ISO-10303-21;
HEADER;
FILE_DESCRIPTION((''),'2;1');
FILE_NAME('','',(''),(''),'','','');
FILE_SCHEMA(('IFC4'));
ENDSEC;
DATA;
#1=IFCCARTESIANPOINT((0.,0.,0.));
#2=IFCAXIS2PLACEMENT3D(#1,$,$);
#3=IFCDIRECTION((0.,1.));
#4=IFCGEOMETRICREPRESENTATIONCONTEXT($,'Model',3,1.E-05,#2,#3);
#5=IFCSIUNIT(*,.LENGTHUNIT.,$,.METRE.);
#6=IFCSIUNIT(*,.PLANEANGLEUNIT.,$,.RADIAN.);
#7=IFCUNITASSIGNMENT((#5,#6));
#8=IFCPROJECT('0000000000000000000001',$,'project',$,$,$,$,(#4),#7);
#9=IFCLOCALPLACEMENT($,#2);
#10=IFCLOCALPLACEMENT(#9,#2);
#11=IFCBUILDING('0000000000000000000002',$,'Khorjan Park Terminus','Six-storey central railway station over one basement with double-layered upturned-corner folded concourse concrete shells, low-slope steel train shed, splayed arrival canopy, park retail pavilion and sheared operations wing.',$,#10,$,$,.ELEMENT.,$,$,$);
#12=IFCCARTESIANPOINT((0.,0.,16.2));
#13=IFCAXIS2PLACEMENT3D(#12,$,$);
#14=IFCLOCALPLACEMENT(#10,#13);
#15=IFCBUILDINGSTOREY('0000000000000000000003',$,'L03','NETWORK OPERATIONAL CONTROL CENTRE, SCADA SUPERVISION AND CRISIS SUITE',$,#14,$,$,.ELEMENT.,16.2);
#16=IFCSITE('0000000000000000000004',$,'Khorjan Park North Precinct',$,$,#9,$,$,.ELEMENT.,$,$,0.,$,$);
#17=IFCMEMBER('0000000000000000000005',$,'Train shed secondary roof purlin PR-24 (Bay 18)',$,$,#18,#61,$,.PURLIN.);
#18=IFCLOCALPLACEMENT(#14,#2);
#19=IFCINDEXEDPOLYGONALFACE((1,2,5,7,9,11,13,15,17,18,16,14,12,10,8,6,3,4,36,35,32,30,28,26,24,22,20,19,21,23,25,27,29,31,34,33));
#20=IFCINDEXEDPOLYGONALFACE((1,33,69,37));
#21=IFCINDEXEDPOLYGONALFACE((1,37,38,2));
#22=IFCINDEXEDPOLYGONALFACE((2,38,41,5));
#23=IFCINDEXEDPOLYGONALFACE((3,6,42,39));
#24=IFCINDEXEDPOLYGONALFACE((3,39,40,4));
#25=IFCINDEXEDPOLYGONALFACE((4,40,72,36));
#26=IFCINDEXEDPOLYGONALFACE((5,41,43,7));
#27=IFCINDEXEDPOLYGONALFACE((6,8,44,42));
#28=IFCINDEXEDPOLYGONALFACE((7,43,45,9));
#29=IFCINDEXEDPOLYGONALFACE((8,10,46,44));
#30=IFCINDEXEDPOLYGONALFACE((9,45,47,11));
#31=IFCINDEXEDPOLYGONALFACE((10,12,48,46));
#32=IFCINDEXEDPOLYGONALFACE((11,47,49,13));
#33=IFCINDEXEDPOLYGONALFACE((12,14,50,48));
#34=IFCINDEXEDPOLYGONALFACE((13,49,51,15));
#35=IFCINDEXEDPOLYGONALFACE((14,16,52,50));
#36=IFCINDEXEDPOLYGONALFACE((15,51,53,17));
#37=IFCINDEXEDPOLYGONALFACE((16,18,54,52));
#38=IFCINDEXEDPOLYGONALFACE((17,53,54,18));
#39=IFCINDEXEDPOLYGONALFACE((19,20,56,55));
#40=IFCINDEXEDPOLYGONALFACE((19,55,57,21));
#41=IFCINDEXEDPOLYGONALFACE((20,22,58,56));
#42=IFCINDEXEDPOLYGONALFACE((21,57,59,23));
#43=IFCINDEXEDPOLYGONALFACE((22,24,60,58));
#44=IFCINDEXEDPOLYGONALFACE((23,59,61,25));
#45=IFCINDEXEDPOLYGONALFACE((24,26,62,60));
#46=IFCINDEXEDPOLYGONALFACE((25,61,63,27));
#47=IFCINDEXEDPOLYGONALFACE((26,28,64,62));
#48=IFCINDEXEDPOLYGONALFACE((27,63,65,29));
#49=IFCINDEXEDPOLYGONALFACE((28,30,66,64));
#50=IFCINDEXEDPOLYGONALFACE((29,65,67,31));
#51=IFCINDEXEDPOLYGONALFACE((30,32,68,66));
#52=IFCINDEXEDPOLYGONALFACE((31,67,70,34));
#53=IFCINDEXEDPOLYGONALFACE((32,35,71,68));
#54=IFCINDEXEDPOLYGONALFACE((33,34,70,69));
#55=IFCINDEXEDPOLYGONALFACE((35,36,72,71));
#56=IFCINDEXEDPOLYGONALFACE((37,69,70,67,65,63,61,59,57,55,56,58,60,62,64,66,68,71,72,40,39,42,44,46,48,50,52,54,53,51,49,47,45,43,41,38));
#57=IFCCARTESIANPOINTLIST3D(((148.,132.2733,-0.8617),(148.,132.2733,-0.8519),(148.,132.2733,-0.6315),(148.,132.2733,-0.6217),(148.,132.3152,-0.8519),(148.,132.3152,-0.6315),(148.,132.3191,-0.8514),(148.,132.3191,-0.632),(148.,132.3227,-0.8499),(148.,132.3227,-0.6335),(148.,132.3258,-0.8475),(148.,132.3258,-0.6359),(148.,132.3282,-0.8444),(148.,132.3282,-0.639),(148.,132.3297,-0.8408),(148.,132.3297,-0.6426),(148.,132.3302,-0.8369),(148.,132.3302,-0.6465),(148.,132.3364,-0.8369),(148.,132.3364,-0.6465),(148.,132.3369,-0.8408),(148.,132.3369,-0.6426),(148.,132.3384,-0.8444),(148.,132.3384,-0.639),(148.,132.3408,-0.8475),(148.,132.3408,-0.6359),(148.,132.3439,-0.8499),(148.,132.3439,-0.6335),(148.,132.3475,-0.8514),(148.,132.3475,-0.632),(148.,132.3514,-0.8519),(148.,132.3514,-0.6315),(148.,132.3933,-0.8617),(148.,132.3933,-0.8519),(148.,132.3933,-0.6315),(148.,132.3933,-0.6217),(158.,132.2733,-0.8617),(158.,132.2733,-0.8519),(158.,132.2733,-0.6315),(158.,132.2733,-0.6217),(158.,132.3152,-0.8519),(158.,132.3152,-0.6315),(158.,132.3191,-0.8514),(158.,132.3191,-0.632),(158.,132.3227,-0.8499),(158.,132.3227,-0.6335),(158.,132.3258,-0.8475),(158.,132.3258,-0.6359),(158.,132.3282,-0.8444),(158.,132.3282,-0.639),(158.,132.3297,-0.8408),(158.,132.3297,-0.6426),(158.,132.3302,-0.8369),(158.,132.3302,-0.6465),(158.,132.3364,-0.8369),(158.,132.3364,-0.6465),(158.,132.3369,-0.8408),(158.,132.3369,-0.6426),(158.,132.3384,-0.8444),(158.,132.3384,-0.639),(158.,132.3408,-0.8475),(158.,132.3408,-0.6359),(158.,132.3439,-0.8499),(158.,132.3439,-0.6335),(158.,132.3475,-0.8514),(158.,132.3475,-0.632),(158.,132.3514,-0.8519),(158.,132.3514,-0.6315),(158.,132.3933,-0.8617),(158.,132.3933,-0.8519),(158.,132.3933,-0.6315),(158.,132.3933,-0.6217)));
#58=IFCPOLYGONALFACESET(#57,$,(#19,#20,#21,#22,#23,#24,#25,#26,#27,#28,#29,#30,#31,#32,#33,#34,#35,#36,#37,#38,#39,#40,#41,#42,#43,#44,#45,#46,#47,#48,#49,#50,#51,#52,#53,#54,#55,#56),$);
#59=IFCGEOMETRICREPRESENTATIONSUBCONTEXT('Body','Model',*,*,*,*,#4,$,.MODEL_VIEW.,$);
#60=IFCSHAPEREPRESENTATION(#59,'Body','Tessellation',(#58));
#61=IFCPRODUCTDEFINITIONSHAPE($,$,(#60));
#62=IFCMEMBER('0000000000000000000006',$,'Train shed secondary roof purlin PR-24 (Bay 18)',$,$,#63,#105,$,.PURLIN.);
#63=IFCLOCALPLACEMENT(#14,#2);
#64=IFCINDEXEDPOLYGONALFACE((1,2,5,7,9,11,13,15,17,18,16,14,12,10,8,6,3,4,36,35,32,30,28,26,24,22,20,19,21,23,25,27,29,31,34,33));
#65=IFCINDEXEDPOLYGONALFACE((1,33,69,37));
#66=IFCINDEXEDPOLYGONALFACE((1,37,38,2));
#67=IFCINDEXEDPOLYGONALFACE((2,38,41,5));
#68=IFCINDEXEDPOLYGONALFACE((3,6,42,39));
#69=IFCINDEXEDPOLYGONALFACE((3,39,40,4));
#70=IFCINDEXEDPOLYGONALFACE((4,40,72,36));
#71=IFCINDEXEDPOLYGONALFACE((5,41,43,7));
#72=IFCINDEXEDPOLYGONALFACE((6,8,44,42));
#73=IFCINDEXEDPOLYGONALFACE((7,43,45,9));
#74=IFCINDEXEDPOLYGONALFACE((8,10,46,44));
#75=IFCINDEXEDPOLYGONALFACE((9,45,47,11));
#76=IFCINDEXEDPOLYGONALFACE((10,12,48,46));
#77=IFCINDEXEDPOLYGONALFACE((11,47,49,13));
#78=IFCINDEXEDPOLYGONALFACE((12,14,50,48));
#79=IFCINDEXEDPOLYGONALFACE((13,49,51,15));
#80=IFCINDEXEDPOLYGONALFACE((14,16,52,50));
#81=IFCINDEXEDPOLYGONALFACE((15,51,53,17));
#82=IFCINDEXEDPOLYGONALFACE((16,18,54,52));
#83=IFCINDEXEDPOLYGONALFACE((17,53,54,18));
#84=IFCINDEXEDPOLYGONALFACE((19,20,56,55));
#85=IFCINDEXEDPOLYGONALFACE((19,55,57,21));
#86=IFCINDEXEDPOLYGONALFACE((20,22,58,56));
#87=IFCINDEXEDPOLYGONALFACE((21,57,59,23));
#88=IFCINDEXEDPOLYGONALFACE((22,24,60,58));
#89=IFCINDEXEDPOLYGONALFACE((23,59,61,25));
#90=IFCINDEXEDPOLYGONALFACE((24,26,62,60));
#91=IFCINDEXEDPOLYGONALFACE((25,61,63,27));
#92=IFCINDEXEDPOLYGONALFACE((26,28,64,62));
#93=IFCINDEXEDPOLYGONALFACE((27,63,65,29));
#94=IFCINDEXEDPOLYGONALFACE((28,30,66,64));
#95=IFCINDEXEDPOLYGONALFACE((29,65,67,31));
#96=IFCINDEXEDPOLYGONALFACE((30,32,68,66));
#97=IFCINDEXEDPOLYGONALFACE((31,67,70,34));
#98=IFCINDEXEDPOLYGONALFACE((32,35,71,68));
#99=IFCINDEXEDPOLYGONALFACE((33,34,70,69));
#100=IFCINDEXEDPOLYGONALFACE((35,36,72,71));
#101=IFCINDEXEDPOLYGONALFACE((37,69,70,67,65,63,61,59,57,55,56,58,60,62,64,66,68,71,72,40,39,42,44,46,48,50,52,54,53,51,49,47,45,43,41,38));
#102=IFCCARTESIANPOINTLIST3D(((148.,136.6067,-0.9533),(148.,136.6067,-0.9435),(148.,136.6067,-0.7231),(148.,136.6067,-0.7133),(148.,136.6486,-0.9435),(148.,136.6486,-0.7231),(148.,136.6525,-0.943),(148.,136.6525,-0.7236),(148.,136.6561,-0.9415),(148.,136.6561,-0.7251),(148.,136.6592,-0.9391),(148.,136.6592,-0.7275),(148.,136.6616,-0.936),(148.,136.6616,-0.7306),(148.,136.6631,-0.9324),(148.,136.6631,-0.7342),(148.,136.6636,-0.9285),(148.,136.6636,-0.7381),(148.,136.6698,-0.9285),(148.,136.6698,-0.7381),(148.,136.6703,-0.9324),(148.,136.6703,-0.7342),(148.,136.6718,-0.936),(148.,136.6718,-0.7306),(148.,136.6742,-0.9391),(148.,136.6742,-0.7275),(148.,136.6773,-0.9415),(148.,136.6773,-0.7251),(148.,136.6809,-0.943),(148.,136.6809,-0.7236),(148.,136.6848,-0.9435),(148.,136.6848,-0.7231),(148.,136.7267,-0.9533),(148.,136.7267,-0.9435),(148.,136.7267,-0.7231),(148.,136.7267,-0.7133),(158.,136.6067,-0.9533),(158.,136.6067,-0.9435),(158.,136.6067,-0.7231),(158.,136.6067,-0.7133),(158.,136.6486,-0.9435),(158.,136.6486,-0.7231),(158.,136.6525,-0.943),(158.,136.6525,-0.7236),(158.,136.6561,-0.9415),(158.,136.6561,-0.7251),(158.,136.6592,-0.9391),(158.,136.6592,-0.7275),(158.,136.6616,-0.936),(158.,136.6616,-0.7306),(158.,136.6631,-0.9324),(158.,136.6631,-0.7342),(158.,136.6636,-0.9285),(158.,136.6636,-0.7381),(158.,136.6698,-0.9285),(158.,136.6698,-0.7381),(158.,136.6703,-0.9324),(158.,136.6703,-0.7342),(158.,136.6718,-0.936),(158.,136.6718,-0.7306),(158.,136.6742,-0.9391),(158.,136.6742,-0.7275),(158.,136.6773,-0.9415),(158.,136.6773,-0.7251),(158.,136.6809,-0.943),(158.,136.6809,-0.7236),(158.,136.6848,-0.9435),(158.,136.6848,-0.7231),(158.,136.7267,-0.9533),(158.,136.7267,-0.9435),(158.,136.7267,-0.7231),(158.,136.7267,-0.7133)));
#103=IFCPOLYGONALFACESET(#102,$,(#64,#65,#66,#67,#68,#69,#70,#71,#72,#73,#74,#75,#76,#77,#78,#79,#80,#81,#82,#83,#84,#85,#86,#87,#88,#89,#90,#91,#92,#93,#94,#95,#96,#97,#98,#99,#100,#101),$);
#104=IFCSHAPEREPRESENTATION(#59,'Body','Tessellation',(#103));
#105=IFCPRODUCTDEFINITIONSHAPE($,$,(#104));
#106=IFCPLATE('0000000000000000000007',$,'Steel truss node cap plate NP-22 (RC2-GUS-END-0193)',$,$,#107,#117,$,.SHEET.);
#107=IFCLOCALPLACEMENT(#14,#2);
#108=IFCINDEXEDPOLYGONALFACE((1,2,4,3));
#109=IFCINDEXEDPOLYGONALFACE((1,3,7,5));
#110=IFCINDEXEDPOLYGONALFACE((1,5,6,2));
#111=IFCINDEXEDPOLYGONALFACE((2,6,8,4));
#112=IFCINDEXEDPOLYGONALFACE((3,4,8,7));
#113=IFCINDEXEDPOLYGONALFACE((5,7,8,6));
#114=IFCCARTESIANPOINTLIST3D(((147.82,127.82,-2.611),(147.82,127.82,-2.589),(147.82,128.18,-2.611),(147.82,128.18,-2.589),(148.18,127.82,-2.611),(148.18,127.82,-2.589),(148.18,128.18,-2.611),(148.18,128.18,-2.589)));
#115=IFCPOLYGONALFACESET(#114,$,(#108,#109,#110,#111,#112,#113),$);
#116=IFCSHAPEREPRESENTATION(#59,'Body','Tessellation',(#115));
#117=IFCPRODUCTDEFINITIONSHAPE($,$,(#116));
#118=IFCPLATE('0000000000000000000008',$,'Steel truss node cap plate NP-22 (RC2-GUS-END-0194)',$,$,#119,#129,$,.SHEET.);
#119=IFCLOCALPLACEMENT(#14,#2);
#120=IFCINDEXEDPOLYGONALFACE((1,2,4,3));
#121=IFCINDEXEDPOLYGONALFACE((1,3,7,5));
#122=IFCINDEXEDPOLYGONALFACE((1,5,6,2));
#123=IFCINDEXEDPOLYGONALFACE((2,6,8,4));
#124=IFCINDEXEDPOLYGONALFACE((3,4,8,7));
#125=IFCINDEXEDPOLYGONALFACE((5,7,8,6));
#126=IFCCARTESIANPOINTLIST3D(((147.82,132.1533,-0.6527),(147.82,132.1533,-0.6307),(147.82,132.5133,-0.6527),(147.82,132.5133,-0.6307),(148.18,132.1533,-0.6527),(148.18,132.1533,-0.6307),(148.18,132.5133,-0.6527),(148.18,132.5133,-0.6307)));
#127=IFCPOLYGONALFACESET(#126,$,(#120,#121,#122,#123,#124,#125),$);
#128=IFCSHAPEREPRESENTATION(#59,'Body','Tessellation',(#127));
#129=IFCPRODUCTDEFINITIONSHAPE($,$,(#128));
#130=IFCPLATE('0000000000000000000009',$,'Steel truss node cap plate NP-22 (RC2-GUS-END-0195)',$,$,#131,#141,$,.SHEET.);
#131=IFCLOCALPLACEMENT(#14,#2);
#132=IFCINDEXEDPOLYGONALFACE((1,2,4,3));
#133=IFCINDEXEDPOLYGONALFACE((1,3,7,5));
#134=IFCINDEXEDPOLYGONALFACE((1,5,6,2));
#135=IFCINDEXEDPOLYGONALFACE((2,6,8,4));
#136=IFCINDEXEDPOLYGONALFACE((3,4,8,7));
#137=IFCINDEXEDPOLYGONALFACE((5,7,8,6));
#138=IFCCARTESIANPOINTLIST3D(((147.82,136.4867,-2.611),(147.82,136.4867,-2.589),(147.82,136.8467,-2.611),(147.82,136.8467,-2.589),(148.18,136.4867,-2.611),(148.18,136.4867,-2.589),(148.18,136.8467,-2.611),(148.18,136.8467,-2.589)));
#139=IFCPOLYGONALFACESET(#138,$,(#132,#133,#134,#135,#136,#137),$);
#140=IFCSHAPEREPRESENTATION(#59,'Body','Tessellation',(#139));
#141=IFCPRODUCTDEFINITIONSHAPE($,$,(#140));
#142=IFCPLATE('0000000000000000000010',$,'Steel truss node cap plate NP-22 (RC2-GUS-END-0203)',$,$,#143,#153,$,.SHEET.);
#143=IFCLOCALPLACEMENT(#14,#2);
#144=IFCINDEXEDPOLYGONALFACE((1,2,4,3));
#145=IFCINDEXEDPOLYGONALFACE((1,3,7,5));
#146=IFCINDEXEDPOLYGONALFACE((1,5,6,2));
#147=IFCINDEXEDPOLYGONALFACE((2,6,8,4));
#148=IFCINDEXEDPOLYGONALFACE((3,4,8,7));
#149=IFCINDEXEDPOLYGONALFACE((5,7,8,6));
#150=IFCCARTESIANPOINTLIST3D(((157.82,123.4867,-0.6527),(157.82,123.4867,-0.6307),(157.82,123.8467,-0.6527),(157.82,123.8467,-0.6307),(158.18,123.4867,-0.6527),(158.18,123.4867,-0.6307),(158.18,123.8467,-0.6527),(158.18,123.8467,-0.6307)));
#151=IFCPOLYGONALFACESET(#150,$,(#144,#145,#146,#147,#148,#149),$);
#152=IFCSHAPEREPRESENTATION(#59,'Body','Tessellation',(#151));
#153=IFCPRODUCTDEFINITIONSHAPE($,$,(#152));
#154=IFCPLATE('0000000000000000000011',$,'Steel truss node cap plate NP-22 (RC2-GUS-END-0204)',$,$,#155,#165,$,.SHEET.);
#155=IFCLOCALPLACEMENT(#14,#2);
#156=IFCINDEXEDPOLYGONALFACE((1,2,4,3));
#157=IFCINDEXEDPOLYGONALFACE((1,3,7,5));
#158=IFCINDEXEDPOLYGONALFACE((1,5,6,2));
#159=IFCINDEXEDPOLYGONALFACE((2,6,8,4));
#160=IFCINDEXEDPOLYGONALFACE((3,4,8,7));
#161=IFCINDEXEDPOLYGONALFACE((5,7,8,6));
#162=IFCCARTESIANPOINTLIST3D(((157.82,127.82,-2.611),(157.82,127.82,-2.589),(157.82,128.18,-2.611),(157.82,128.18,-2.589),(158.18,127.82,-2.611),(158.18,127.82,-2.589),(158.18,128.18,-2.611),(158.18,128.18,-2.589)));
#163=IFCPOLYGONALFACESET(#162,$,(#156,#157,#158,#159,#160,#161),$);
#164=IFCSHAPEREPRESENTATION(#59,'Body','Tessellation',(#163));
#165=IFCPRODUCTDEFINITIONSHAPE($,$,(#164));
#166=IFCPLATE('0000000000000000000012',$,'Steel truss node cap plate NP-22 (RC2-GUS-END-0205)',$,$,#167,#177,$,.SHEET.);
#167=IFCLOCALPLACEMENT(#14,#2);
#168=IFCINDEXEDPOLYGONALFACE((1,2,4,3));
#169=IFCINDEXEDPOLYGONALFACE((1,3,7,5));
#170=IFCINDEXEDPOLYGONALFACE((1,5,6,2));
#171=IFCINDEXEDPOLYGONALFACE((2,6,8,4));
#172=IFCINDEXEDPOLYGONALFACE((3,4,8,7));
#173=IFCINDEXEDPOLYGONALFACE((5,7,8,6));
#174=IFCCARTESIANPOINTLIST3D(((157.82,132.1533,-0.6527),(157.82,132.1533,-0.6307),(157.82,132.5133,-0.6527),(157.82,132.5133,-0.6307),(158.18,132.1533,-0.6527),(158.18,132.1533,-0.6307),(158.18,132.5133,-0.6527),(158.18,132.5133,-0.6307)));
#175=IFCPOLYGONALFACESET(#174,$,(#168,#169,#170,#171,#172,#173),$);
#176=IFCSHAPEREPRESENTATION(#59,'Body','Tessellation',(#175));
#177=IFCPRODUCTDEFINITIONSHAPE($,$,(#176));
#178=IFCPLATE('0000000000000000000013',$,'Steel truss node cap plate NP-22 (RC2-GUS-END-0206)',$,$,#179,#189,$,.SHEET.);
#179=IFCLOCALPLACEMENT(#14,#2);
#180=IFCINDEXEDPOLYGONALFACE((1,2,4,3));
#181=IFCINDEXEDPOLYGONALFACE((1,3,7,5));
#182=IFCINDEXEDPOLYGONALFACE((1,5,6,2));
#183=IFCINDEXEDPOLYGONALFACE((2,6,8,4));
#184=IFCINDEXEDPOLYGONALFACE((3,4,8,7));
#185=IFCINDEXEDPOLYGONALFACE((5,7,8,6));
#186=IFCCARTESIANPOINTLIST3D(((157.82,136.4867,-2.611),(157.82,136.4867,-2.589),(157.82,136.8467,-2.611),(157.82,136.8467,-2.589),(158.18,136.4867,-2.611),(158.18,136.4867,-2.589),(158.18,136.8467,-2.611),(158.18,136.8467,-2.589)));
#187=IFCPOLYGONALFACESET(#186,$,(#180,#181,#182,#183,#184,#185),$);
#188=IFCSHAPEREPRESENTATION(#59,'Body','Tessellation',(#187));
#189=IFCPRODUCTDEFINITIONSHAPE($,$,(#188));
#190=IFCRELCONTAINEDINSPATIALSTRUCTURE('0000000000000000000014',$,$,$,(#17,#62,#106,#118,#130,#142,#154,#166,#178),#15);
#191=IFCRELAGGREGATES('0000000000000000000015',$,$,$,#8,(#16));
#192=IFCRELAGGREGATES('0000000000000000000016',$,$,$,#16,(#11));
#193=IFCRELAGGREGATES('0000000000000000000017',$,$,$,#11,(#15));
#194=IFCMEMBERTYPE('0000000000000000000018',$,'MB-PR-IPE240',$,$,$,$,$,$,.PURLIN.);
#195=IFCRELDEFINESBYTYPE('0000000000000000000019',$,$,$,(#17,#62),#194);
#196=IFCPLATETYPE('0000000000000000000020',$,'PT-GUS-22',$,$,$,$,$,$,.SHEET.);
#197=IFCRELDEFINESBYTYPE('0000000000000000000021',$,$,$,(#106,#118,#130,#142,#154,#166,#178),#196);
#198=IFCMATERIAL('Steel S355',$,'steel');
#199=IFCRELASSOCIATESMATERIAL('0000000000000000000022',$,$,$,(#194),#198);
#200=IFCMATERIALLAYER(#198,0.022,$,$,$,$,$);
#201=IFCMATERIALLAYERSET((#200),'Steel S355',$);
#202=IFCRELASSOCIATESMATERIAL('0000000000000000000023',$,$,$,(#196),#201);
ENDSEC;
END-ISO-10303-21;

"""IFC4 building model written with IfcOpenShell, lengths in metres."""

from ifc_helpers import new_model, si_unit, direction, frame, origin, origin_2d, place, context, subcontext, project, spatial, rectangle, i_section, extrude, material, layer, layer_set, material_profile, profile_set, type_object, element, save


model = new_model("IFC4")

# Units and contexts
model_context = context("Model", 3, precision=1e-05, world=origin(), true_north=direction((0.0, 1.0)))
body_context = subcontext(model_context, "Body", "Model", "MODEL_VIEW")
ifc_project = project(units=[si_unit("LENGTHUNIT", "METRE"), si_unit("PLANEANGLEUNIT", "RADIAN")], contexts=[model_context])

# Site, building, storey
site_placement = place(None, origin())
site = spatial("IfcSite", under=ifc_project, at=site_placement, Name="Khorjan Park North Precinct", CompositionType="ELEMENT", RefElevation=0.0)
building_placement = place(site_placement, origin())
building = spatial("IfcBuilding", under=site, at=building_placement, Name="Khorjan Park Terminus", Description="Six-storey central railway station over one basement with double-layered upturned-corner folded concourse concrete shells, low-slope steel train shed, splayed arrival canopy, park retail pavilion and sheared operations wing.", CompositionType="ELEMENT")
storey_placement = place(building_placement, frame((0.0, 0.0, 16.2)))
storey = spatial("IfcBuildingStorey", under=building, at=storey_placement, Name="L03", Description="NETWORK OPERATIONAL CONTROL CENTRE, SCADA SUPERVISION AND CRISIS SUITE", CompositionType="ELEMENT", Elevation=16.2)

# Members
ifc_material = material(Name="Steel S355", Category="steel")
ifc_material_profile_1 = material_profile(ifc_material, i_section(OverallWidth=0.12, OverallDepth=0.24, WebThickness=0.0062, FlangeThickness=0.0098, FilletRadius=0.015, at=origin_2d()), Name="IPE 240")
ifc_profile_set_1 = profile_set([ifc_material_profile_1], Name="Steel S355")
member_type_1 = type_object("IfcMemberType", Name="MB-PR-IPE240", PredefinedType="PURLIN", material=ifc_profile_set_1)
for number, where, z_axis, x_axis, name in (
    (1, (148.0, 132.3333, -0.7417), (1.0, 0.0, 0.0), (0.0, 1.0, 0.0), "Train shed secondary roof purlin PR-24 (Bay 18)"),
    (2, (148.0, 136.6667, -0.8333), (1.0, 0.0, 0.0), (0.0, 1.0, 0.0), "Train shed secondary roof purlin PR-24 (Bay 18)"),
):
    element("IfcMember", number, at=place(storey_placement, frame(where, z_axis=z_axis, x_axis=x_axis)), inside=storey, type_object=member_type_1, Name=name, PredefinedType="PURLIN", context=body_context, shape_type="SweptSolid", body=[
        extrude(i_section(OverallWidth=0.12, OverallDepth=0.24, WebThickness=0.0062, FlangeThickness=0.0098, FilletRadius=0.015, at=origin_2d()), origin(), (0.0, 0.0, 1.0), 10.0),
    ])

# Plates
ifc_layer = layer(ifc_material, 0.022)
ifc_layer_set = layer_set([ifc_layer], Name="Steel S355")
plate_type = type_object("IfcPlateType", Name="PT-GUS-22", PredefinedType="SHEET", material=ifc_layer_set)
for number, where, z_axis, x_axis, name in (
    (3, (148.0, 128.0, -2.611), (0.0, 0.0, 1.0), (1.0, 0.0, 0.0), "Steel truss node cap plate NP-22 (RC2-GUS-END-0193)"),
    (4, (148.0, 132.3333, -0.6527), (0.0, 0.0, 1.0), (1.0, 0.0, 0.0), "Steel truss node cap plate NP-22 (RC2-GUS-END-0194)"),
    (5, (148.0, 136.6667, -2.611), (0.0, 0.0, 1.0), (1.0, 0.0, 0.0), "Steel truss node cap plate NP-22 (RC2-GUS-END-0195)"),
    (6, (158.0, 123.6667, -0.6527), (0.0, 0.0, 1.0), (1.0, 0.0, 0.0), "Steel truss node cap plate NP-22 (RC2-GUS-END-0203)"),
    (7, (158.0, 128.0, -2.611), (0.0, 0.0, 1.0), (1.0, 0.0, 0.0), "Steel truss node cap plate NP-22 (RC2-GUS-END-0204)"),
    (8, (158.0, 132.3333, -0.6527), (0.0, 0.0, 1.0), (1.0, 0.0, 0.0), "Steel truss node cap plate NP-22 (RC2-GUS-END-0205)"),
    (9, (158.0, 136.6667, -2.611), (0.0, 0.0, 1.0), (1.0, 0.0, 0.0), "Steel truss node cap plate NP-22 (RC2-GUS-END-0206)"),
):
    element("IfcPlate", number, at=place(storey_placement, frame(where, z_axis=z_axis, x_axis=x_axis)), inside=storey, type_object=plate_type, Name=name, PredefinedType="SHEET", context=body_context, shape_type="SweptSolid", body=[
        extrude(rectangle(XDim=0.36, YDim=0.36, at=origin_2d()), origin(), (0.0, 0.0, 1.0), 0.022),
    ])

save(model, "model.ifc")
